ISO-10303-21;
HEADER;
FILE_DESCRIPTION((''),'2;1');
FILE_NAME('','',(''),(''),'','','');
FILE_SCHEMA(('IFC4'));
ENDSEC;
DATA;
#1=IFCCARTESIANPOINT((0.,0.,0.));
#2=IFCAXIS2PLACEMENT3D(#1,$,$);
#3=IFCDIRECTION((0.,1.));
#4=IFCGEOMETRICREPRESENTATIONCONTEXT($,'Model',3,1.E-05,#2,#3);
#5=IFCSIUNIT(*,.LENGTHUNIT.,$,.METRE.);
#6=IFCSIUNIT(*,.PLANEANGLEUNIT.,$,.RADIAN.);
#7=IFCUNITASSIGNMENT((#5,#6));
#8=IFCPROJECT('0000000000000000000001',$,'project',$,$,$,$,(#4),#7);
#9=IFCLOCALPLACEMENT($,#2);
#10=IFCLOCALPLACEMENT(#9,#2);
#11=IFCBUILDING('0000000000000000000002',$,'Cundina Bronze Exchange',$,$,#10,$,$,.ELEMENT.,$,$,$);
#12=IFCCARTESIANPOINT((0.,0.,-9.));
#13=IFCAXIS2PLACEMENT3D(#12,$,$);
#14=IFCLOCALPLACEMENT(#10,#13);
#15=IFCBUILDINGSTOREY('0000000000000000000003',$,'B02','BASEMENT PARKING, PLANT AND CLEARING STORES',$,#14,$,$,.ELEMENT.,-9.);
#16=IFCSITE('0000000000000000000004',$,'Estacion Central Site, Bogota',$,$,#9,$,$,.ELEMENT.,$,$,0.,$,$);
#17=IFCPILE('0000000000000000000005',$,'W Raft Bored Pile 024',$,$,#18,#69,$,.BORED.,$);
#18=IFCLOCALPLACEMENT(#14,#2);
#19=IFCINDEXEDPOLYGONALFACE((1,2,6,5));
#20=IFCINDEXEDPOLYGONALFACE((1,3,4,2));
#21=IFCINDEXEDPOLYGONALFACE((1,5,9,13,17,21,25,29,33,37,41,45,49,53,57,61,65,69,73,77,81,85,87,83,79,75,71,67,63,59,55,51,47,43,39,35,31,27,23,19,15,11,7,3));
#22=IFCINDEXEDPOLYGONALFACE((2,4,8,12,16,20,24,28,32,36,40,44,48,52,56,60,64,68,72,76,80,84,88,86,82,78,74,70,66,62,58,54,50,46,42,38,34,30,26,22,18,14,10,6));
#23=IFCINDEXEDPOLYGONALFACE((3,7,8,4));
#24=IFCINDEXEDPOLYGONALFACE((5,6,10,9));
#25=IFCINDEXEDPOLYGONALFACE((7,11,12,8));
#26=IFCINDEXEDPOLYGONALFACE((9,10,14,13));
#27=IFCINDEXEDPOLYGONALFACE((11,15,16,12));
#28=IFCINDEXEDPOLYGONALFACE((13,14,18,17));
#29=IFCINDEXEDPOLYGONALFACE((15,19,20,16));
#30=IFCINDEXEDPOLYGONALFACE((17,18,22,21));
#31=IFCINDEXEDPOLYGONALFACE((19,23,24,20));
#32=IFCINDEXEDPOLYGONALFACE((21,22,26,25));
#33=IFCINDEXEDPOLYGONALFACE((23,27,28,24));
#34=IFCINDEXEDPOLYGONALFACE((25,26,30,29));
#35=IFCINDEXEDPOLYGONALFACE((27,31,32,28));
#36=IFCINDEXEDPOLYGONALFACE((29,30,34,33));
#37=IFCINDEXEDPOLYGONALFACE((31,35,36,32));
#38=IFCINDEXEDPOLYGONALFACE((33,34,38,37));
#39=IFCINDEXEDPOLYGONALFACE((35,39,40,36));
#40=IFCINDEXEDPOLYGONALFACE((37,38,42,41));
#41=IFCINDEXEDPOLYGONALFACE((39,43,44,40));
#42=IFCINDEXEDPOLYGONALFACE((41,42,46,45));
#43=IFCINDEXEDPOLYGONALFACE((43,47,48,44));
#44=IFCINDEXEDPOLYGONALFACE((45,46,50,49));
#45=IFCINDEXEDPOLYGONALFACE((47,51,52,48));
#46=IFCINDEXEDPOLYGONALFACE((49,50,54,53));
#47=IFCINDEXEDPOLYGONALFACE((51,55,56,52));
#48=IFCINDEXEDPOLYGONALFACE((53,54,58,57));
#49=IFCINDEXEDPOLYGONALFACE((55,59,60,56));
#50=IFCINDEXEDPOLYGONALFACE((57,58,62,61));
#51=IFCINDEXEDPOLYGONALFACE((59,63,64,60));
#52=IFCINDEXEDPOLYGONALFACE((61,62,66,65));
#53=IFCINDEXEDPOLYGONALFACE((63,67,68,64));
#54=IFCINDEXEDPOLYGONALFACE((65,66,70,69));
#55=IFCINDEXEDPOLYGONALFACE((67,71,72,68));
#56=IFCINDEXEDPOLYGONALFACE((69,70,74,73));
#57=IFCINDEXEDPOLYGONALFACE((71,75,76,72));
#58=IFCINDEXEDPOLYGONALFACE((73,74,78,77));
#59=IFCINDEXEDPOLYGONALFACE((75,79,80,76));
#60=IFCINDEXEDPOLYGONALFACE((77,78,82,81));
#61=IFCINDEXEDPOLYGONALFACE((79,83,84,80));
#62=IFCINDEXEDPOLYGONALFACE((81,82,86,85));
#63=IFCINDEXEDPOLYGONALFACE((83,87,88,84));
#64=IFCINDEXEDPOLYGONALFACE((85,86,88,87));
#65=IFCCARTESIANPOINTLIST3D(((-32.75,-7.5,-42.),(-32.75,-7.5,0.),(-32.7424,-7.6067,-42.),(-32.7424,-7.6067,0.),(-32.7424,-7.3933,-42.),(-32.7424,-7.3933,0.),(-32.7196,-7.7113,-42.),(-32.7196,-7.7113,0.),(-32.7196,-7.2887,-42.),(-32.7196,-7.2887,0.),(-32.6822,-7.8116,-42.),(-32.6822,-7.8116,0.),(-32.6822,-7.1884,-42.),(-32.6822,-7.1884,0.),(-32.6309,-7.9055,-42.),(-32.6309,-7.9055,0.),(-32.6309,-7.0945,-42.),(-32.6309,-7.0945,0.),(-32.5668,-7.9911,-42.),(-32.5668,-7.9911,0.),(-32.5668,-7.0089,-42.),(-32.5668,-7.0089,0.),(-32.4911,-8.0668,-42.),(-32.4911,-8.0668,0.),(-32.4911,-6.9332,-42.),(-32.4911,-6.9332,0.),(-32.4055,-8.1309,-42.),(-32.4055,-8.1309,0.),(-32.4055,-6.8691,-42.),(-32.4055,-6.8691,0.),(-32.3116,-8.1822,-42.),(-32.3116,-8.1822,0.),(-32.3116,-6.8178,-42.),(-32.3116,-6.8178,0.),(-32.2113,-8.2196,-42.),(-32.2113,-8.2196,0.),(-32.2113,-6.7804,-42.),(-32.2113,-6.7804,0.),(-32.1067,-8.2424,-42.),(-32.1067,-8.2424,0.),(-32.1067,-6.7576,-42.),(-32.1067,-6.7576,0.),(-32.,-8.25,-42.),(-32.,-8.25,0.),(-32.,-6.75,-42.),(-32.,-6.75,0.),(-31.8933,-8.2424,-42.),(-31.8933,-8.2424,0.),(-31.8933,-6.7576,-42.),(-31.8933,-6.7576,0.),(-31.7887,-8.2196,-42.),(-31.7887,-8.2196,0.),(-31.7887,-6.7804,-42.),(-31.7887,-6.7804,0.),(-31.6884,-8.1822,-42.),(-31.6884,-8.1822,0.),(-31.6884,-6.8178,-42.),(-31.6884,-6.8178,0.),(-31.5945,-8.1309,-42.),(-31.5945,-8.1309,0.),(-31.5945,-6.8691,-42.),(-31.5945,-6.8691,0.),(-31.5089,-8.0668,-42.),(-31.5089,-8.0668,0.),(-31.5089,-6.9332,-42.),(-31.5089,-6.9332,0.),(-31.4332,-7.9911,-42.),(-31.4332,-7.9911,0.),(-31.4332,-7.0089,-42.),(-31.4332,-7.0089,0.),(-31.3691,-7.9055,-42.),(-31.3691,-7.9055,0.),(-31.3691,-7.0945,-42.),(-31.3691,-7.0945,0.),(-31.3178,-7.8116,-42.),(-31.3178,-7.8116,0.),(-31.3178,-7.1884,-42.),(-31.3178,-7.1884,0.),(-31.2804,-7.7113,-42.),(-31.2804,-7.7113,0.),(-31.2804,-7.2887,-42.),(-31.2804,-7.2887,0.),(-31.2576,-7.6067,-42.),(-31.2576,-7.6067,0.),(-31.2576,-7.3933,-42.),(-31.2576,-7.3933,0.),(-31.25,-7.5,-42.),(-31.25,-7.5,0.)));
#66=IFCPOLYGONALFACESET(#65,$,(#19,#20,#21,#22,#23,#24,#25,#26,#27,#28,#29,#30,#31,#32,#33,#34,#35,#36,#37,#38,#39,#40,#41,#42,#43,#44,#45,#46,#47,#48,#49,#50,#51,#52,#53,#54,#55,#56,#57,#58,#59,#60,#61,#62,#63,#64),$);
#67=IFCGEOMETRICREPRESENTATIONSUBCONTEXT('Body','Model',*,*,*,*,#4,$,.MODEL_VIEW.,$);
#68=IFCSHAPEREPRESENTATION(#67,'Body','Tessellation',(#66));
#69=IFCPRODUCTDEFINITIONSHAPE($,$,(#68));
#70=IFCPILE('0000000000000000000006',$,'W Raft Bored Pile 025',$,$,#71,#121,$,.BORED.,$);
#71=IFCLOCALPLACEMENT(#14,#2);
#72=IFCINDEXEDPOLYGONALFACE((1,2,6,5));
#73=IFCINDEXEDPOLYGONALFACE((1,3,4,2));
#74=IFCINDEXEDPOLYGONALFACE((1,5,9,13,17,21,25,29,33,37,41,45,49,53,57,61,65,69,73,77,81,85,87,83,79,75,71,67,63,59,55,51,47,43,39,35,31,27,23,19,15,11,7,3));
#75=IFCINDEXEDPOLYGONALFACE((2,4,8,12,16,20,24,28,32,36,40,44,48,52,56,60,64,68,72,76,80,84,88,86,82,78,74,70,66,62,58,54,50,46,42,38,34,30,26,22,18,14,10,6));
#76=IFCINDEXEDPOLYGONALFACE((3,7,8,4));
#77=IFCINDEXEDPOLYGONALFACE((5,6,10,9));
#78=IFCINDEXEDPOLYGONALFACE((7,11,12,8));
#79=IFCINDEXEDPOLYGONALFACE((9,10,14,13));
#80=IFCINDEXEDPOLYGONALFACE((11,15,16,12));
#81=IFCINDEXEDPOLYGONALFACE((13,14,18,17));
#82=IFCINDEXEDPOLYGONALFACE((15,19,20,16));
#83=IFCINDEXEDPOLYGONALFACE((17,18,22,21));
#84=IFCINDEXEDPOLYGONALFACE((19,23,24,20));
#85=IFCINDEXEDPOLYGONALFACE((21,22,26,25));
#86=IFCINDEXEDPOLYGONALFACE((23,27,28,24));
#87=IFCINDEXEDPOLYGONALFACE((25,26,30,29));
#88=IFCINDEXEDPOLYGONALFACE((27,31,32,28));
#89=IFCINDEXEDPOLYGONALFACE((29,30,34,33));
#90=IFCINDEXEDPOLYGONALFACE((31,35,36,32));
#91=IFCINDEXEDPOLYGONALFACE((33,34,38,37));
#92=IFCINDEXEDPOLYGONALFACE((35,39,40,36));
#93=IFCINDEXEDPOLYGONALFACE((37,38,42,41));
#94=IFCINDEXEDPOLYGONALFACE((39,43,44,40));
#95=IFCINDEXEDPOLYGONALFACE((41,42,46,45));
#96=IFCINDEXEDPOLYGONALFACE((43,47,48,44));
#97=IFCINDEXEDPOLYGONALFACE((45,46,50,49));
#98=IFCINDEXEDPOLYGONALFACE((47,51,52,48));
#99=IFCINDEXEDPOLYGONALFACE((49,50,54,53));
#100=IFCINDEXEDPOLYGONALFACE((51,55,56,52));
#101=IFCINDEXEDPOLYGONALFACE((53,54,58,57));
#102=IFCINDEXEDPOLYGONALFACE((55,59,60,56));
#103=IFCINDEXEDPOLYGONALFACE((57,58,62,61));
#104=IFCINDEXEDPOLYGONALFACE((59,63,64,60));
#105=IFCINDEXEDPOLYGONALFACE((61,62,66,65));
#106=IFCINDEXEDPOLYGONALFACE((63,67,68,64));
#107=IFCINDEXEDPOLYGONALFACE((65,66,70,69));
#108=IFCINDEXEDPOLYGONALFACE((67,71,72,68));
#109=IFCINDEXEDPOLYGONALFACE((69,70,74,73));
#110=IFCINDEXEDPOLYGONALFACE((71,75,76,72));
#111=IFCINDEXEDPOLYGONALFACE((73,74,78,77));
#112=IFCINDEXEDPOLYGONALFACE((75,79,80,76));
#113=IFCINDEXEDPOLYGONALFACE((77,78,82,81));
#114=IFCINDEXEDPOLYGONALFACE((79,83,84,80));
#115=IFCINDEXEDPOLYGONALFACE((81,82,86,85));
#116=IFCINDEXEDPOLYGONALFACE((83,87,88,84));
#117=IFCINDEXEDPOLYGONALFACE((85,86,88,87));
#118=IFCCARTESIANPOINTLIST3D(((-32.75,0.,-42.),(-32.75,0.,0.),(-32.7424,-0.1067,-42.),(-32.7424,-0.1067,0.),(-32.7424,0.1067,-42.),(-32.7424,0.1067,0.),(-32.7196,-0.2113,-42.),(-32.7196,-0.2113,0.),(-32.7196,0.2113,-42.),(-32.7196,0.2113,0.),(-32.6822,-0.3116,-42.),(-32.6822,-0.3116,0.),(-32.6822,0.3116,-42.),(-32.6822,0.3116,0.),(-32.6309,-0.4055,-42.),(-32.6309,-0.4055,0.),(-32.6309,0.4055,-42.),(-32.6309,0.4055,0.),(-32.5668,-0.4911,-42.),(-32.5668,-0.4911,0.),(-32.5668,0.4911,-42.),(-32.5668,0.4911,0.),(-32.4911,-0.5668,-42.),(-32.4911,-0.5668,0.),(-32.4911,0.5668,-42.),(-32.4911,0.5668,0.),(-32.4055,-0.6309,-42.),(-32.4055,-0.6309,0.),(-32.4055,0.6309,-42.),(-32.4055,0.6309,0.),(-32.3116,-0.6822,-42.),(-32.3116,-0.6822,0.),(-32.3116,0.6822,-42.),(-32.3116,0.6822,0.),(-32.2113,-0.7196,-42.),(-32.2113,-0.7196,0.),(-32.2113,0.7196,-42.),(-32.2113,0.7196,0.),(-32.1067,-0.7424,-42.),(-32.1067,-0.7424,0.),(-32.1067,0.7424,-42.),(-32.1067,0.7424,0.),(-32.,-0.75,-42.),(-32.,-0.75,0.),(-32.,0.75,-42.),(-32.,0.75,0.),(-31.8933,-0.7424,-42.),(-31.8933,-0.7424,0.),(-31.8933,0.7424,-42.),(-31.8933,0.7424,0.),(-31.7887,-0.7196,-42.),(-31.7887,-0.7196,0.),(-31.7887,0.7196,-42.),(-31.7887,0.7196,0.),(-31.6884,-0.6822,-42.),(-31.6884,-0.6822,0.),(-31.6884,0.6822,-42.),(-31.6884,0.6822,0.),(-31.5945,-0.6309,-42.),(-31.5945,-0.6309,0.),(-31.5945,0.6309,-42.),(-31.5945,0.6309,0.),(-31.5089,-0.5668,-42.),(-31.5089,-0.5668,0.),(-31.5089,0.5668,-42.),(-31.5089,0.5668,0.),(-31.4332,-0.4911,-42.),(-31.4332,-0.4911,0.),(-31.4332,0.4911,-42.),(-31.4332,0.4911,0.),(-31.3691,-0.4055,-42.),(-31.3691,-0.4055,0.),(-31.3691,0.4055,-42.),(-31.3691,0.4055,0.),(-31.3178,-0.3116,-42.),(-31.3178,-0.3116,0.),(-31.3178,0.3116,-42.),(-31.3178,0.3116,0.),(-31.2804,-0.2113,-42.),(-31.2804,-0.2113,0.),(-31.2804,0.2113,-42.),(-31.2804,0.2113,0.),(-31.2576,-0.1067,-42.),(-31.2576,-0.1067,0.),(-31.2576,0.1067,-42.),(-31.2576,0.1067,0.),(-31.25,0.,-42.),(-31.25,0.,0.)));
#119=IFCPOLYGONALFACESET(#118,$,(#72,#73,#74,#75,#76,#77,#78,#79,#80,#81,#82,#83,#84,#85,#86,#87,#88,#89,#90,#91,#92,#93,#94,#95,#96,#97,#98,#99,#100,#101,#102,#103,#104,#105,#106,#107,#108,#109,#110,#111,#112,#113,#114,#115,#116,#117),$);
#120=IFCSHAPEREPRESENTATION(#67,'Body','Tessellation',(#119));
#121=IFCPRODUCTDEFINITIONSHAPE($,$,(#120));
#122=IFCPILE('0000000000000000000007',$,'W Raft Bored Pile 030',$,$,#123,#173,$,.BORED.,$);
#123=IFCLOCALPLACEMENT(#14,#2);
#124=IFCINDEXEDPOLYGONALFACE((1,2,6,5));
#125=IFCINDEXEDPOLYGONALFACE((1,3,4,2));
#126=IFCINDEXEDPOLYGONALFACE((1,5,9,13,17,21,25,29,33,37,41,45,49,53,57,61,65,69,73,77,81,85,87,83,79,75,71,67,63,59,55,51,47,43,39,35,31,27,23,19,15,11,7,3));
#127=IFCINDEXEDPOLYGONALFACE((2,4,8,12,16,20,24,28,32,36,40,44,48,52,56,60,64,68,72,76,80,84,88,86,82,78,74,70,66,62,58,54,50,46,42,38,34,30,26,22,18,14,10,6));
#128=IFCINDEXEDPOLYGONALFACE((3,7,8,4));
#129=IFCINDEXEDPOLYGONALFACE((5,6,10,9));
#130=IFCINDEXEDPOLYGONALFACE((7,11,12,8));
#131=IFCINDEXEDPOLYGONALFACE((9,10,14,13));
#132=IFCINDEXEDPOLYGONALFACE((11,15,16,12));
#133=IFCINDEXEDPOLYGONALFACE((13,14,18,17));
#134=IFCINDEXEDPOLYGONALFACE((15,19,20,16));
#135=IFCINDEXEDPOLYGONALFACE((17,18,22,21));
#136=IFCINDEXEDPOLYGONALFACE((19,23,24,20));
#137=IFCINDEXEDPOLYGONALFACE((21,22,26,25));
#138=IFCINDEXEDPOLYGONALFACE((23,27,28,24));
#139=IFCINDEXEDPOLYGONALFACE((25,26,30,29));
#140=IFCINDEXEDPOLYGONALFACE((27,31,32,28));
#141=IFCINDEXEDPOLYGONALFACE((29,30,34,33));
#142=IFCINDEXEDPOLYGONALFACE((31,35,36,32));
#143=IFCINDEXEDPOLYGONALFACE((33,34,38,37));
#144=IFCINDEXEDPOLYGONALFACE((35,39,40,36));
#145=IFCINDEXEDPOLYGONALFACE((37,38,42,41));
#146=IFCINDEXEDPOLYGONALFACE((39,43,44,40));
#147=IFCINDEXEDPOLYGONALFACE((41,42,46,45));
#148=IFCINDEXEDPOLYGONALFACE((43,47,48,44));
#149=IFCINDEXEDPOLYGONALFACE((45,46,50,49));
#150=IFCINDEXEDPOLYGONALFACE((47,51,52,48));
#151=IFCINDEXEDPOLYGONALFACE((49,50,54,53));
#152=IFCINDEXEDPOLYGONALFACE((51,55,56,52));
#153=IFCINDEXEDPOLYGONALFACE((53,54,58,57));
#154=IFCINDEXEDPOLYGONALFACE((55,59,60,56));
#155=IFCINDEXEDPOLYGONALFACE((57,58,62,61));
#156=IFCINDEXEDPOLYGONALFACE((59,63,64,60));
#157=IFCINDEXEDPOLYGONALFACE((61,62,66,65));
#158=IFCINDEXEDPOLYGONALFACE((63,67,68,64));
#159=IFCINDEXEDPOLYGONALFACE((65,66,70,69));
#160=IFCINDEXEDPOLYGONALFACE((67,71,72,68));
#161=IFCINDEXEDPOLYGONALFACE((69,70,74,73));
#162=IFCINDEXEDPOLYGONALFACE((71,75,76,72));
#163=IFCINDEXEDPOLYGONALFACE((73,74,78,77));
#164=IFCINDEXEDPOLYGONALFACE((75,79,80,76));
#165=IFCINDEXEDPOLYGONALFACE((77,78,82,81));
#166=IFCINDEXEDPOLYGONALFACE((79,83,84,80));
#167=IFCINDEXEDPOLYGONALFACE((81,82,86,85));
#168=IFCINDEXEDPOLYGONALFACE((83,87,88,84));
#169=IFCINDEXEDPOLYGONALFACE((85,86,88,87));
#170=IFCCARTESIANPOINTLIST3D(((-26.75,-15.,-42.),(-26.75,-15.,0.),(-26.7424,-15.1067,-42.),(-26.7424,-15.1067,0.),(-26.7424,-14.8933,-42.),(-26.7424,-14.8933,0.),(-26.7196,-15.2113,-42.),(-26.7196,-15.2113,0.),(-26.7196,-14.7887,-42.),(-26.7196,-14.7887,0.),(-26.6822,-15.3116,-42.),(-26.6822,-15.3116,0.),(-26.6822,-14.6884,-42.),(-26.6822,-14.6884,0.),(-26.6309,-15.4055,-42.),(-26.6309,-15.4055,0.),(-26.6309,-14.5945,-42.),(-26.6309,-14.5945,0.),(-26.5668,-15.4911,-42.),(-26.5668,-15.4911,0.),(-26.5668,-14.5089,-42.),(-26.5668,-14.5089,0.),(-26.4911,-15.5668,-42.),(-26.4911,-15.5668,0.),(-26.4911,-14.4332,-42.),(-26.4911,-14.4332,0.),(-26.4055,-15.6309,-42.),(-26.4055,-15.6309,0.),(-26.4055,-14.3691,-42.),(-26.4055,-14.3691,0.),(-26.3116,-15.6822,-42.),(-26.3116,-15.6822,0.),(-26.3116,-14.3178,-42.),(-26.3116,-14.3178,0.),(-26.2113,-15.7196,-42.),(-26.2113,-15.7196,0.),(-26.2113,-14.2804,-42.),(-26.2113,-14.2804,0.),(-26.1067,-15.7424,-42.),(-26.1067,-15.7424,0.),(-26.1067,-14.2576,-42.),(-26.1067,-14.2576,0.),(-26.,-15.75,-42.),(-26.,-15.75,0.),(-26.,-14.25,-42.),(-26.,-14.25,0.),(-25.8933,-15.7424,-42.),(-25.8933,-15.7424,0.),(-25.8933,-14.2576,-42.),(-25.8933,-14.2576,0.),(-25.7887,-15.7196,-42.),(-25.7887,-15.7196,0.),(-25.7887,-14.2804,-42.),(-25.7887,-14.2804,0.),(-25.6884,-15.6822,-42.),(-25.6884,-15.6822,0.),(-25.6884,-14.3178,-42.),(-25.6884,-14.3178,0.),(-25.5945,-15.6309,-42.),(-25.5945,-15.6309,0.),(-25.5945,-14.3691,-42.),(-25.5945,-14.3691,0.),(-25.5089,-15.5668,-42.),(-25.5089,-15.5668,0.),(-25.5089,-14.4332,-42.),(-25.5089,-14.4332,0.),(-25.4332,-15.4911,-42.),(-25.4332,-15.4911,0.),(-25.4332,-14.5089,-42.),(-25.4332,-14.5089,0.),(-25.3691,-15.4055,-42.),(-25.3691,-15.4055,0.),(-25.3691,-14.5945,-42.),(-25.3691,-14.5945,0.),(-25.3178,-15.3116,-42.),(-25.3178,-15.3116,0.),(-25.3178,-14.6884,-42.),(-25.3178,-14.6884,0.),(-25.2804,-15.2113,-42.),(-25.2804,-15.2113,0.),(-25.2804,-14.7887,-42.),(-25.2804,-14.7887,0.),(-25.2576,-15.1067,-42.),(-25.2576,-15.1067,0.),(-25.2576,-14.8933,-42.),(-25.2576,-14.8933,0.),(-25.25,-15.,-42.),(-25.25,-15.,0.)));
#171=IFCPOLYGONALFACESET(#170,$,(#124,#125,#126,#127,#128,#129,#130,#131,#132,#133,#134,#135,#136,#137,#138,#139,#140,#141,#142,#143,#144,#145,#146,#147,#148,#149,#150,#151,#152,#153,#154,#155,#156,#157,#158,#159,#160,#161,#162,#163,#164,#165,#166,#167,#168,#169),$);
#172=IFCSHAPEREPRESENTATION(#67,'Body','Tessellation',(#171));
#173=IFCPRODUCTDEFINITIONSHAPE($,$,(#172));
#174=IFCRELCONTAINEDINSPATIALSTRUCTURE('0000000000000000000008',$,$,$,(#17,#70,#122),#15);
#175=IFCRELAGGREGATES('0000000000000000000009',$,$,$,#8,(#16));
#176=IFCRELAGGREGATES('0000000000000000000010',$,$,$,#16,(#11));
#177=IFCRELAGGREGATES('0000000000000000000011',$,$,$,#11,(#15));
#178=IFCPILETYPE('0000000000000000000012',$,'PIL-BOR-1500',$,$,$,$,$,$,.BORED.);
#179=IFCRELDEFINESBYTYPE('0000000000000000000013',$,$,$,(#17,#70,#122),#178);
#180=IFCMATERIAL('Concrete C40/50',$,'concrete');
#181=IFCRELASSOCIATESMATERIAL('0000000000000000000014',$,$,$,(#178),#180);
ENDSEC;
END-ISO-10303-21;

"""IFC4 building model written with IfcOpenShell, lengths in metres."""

from ifc_helpers import new_model, si_unit, direction, frame, origin, origin_2d, place, context, subcontext, project, spatial, circle, extrude, material, material_profile, profile_set, type_object, element, save


model = new_model("IFC4")

# Units and contexts
model_context = context("Model", 3, precision=1e-05, world=origin(), true_north=direction((0.0, 1.0)))
body_context = subcontext(model_context, "Body", "Model", "MODEL_VIEW")
ifc_project = project(units=[si_unit("LENGTHUNIT", "METRE"), si_unit("PLANEANGLEUNIT", "RADIAN")], contexts=[model_context])

# Site, building, storey
site_placement = place(None, origin())
site = spatial("IfcSite", under=ifc_project, at=site_placement, Name="Estacion Central Site, Bogota", CompositionType="ELEMENT", RefElevation=0.0)
building_placement = place(site_placement, origin())
building = spatial("IfcBuilding", under=site, at=building_placement, Name="Cundina Bronze Exchange", CompositionType="ELEMENT")
storey_placement = place(building_placement, frame((0.0, 0.0, -9.0)))
storey = spatial("IfcBuildingStorey", under=building, at=storey_placement, Name="B02", Description="BASEMENT PARKING, PLANT AND CLEARING STORES", CompositionType="ELEMENT", Elevation=-9.0)

# Shared definitions
ifc_material_1 = material(Name="Concrete C40/50", Category="concrete")

# Piles
ifc_material_profile_1 = material_profile(ifc_material_1, circle(Radius=0.75, at=origin_2d()), Name="PILE1500D", Category="concrete")
ifc_profile_set_1 = profile_set([ifc_material_profile_1], Name="Concrete C40/50")
pile_type_1 = type_object("IfcPileType", Name="PIL-BOR-1500", PredefinedType="BORED", material=ifc_profile_set_1)
for number, where, z_axis, x_axis, name in (
    (1, (-32.0, -7.5, 0.0), (0.0, 0.0, -1.0), (1.0, 0.0, 0.0), "W Raft Bored Pile 024"),
    (2, (-32.0, 0.0, 0.0), (0.0, 0.0, -1.0), (1.0, 0.0, 0.0), "W Raft Bored Pile 025"),
    (3, (-26.0, -15.0, 0.0), (0.0, 0.0, -1.0), (1.0, 0.0, 0.0), "W Raft Bored Pile 030"),
):
    element("IfcPile", number, at=place(storey_placement, frame(where, z_axis=z_axis, x_axis=x_axis)), inside=storey, type_object=pile_type_1, Name=name, PredefinedType="BORED", context=body_context, shape_type="SweptSolid", body=[
        extrude(circle(Radius=0.75, at=origin_2d()), origin(), (0.0, 0.0, 1.0), 42.0),
    ])

save(model, "model.ifc")
